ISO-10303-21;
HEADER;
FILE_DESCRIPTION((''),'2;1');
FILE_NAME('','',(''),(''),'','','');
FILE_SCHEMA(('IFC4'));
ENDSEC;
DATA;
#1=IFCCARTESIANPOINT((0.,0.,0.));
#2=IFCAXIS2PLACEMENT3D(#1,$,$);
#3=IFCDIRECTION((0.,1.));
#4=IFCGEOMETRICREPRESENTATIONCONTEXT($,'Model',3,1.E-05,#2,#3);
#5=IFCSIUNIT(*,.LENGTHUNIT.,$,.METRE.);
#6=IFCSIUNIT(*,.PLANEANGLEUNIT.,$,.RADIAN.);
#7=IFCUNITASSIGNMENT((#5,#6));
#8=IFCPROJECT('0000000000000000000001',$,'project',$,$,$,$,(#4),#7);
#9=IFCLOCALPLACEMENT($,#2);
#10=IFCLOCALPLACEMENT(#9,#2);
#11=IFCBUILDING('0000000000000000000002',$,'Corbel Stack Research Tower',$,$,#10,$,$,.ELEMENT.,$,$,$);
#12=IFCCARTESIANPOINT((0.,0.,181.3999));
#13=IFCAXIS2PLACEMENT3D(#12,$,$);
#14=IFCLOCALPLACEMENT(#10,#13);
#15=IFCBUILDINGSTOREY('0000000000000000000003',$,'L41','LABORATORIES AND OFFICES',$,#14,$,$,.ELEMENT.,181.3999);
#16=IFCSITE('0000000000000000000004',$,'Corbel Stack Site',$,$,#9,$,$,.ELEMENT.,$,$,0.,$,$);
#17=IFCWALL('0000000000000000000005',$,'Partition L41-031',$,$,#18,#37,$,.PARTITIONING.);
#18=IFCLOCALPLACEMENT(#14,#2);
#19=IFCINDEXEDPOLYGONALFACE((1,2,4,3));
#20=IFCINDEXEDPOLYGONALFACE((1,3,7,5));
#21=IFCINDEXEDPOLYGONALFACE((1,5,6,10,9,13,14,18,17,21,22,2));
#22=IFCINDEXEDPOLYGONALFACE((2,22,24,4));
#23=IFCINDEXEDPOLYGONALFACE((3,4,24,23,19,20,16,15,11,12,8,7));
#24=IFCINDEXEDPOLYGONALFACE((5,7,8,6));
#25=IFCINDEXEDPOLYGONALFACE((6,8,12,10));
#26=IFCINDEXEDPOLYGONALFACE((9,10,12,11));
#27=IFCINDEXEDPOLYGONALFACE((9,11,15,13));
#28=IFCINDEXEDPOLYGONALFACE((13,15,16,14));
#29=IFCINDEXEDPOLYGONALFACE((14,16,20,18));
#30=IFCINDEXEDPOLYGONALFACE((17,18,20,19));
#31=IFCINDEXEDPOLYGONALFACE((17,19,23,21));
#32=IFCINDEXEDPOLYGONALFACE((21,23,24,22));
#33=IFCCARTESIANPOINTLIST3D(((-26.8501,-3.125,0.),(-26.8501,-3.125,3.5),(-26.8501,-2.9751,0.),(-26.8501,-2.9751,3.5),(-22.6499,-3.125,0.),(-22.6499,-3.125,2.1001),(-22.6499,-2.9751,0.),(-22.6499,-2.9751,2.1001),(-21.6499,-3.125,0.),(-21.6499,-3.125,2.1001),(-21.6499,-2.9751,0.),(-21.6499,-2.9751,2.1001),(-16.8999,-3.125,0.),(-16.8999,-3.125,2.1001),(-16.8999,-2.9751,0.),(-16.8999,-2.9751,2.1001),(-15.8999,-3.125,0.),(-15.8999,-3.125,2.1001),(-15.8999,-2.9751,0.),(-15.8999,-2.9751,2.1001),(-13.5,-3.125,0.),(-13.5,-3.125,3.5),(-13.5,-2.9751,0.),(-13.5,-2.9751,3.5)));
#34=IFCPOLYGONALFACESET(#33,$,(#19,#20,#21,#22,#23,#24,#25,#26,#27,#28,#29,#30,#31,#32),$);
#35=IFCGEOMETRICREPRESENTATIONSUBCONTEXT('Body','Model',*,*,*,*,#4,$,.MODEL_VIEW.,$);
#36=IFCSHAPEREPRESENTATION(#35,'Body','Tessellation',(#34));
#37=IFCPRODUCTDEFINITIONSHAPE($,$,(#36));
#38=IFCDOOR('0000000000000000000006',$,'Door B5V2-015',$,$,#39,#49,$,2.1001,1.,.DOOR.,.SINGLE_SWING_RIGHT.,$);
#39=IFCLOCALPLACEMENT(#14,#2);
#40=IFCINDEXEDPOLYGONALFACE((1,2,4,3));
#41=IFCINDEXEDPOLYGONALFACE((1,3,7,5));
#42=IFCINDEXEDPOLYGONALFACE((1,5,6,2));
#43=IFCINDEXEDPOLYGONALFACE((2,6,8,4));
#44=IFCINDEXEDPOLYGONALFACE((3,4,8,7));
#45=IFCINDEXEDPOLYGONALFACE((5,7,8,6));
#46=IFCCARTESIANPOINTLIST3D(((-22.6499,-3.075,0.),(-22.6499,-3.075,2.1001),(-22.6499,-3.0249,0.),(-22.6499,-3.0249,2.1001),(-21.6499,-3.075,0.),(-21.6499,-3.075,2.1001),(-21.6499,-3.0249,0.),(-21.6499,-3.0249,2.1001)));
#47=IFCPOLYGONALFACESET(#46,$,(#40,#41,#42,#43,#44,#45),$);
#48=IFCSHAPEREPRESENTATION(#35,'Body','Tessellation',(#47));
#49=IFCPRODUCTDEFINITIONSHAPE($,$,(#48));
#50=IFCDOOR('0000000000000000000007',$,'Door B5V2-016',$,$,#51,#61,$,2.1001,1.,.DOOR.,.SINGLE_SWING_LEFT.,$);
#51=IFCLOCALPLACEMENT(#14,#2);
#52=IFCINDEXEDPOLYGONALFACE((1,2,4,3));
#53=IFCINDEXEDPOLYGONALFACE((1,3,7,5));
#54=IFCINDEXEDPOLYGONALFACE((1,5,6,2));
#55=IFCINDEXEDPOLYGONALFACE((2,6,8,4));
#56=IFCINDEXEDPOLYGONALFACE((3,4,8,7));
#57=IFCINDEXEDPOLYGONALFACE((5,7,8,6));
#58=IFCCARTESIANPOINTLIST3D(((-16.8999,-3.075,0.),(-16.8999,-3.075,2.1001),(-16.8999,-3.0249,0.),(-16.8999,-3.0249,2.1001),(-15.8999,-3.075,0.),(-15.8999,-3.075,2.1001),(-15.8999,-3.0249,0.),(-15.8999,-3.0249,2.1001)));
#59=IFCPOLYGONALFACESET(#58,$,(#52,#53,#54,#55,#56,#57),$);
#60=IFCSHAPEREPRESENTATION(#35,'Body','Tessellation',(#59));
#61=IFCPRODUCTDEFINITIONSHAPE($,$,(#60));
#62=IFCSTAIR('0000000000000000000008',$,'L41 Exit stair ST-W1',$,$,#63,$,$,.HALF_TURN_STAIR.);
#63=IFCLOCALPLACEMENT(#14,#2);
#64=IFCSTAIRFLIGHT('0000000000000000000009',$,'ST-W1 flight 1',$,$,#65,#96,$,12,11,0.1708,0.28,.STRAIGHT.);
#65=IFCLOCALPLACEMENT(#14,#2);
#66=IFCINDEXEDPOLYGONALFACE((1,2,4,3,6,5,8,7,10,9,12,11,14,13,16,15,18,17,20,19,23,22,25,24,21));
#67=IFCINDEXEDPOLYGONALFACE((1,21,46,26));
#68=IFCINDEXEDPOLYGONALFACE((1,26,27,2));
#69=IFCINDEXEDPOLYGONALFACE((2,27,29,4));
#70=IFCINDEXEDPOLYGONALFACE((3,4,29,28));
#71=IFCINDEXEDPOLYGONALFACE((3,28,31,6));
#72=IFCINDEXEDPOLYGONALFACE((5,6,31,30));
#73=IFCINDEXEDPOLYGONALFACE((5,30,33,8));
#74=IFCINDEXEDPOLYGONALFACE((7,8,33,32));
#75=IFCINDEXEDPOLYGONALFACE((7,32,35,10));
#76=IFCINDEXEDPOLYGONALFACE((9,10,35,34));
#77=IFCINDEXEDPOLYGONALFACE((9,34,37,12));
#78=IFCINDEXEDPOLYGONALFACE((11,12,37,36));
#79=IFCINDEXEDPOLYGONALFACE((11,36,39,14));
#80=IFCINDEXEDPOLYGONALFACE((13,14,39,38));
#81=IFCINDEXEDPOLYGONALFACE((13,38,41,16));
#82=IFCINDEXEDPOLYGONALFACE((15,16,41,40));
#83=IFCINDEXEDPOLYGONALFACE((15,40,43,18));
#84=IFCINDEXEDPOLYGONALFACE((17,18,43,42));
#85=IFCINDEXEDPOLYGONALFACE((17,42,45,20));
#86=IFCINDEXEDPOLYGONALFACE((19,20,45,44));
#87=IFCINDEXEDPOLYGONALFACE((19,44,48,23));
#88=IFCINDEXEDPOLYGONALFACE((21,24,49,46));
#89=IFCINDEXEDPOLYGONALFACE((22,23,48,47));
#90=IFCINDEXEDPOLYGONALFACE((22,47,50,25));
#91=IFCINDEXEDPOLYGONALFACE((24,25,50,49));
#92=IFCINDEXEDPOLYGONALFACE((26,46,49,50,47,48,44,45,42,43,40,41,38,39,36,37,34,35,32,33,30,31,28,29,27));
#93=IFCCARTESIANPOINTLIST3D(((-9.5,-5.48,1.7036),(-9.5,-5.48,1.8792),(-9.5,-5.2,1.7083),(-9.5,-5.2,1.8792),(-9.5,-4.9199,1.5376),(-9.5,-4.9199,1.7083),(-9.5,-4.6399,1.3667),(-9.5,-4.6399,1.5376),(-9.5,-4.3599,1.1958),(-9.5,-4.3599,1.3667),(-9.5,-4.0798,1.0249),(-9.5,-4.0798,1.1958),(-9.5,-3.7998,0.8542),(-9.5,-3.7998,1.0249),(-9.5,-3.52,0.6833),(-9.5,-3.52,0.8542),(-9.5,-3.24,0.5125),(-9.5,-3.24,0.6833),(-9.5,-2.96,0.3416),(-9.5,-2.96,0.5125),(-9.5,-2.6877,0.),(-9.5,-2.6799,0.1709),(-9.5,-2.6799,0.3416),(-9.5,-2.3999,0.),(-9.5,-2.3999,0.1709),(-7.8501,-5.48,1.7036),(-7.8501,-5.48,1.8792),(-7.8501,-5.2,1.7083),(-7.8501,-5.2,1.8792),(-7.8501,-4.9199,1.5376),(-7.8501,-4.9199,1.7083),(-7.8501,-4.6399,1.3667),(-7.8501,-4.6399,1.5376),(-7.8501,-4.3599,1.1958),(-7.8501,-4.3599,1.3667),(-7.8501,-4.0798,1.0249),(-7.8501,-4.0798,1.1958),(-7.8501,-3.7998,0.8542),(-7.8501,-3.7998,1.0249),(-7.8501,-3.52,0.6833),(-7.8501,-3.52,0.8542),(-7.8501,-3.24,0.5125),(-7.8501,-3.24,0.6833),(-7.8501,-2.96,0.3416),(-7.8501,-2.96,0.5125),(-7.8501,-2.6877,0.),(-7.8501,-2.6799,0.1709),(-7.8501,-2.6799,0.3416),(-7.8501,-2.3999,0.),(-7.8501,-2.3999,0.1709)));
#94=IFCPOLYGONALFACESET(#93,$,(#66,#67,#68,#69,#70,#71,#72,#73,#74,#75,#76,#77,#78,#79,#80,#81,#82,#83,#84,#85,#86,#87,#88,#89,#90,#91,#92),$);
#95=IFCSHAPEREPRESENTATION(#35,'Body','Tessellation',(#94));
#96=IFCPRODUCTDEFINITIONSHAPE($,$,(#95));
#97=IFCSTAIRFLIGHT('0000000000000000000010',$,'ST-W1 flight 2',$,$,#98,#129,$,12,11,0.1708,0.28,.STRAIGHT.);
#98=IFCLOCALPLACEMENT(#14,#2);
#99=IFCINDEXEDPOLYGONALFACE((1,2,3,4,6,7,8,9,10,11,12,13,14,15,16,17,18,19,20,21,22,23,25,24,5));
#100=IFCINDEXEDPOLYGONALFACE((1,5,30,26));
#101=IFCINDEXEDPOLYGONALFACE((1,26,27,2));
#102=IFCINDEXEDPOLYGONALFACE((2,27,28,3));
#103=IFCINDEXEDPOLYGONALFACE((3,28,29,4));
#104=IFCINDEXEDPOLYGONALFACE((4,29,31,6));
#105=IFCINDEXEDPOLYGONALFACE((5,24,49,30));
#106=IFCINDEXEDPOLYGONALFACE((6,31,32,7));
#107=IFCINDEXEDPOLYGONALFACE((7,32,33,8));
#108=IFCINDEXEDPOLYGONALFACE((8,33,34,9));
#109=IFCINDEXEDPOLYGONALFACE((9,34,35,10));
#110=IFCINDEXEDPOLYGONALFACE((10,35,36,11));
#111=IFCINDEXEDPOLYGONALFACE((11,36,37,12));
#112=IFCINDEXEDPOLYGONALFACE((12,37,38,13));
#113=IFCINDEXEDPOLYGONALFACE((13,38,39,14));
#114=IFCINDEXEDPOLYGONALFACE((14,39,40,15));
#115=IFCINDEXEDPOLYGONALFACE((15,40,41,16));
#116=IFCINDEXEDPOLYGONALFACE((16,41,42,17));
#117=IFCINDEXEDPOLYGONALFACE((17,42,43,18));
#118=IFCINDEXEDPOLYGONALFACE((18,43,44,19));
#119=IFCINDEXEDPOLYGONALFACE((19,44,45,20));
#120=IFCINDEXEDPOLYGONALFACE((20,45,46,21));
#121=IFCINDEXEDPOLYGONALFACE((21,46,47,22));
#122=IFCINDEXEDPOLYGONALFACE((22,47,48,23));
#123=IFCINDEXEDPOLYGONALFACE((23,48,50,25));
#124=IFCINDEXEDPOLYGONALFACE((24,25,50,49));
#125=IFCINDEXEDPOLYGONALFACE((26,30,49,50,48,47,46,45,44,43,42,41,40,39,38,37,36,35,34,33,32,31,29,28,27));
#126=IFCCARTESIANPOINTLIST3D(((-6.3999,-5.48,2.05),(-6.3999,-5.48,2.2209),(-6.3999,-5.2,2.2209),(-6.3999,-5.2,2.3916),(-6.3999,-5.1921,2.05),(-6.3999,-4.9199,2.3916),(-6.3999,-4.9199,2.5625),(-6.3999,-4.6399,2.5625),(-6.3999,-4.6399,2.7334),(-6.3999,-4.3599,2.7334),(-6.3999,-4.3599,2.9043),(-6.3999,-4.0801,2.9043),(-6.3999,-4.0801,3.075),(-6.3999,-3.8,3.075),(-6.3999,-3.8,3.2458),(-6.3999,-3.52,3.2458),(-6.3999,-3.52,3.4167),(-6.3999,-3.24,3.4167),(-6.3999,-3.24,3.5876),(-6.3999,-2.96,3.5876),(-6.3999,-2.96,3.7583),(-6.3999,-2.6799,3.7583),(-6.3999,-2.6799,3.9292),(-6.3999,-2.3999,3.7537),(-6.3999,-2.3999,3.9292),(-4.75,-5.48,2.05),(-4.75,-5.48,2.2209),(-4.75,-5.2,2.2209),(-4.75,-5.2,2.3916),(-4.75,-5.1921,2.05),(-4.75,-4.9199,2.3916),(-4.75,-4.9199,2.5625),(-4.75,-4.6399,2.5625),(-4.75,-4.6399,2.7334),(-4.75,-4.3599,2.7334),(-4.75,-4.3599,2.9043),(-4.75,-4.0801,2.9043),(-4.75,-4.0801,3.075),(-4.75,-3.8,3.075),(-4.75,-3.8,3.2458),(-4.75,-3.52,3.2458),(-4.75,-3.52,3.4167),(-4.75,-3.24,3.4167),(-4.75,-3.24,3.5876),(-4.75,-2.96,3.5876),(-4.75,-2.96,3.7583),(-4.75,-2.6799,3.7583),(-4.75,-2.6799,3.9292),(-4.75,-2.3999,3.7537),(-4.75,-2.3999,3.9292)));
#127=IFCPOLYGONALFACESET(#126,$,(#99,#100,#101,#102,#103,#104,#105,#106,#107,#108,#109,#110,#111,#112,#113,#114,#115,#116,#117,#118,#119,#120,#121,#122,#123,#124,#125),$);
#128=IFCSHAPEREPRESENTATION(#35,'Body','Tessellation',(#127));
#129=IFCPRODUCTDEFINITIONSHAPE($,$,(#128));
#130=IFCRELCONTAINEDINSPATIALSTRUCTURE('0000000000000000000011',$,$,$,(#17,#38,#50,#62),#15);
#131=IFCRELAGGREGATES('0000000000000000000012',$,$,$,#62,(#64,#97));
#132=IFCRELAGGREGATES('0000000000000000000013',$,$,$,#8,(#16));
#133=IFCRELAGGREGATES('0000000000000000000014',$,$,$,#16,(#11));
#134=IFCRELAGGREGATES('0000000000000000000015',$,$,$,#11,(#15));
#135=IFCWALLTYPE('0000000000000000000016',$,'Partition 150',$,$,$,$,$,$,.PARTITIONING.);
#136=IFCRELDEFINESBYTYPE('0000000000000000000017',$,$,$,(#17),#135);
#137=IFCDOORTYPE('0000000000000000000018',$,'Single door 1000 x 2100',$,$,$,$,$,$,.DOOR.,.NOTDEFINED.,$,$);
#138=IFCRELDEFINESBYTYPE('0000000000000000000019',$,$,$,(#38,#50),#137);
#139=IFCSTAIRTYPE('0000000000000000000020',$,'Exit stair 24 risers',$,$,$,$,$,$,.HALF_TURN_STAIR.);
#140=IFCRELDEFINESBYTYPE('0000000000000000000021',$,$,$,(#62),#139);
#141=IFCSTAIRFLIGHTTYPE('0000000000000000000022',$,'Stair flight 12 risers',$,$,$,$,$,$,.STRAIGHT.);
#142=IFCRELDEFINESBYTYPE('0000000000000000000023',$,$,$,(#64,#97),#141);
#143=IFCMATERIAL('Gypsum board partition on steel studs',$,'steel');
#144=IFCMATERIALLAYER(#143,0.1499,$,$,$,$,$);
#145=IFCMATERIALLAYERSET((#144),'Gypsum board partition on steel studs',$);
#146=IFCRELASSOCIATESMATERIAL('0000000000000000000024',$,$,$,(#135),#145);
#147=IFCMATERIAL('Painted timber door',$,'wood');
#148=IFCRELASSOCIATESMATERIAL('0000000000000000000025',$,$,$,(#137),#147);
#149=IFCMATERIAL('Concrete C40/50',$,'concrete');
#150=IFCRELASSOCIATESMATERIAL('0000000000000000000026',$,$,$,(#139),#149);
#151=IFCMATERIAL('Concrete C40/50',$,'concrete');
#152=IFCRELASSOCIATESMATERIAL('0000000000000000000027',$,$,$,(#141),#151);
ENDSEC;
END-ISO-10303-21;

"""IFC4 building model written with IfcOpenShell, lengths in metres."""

from ifc_helpers import new_model, si_unit, direction, frame, frame_2d, origin, place, context, subcontext, project, spatial, polyline, rectangle, outline, extrude, material, layer, layer_set, type_object, element, fill, aggregate, save


model = new_model("IFC4")

# Units and contexts
model_context = context("Model", 3, precision=1e-05, world=origin(), true_north=direction((0.0, 1.0)))
body_context = subcontext(model_context, "Body", "Model", "MODEL_VIEW")
ifc_project = project(units=[si_unit("LENGTHUNIT", "METRE"), si_unit("PLANEANGLEUNIT", "RADIAN")], contexts=[model_context])

# Site, building, storey
site_placement = place(None, origin())
site = spatial("IfcSite", under=ifc_project, at=site_placement, Name="Corbel Stack Site", CompositionType="ELEMENT", RefElevation=0.0)
building_placement = place(site_placement, origin())
building = spatial("IfcBuilding", under=site, at=building_placement, Name="Corbel Stack Research Tower", CompositionType="ELEMENT")
storey_placement = place(building_placement, frame((0.0, 0.0, 181.3999)))
storey = spatial("IfcBuildingStorey", under=building, at=storey_placement, Name="L41", Description="LABORATORIES AND OFFICES", CompositionType="ELEMENT", Elevation=181.3999)

# Wall, openings, doors
ifc_material_1 = material(Name="Gypsum board partition on steel studs", Category="steel")
ifc_layer_1 = layer(ifc_material_1, 0.1499)
ifc_layer_set_1 = layer_set([ifc_layer_1], Name="Gypsum board partition on steel studs")
wall_type_1 = type_object("IfcWallType", Name="Partition 150", PredefinedType="PARTITIONING", material=ifc_layer_set_1)
wall_1_placement = place(storey_placement, frame((-13.5, -3.05, 0.0), z_axis=(0.0, 0.0, 1.0), x_axis=(-1.0, 0.0, 0.0)))
wall_1 = element("IfcWall", 1, at=wall_1_placement, inside=storey, type_object=wall_type_1, Name="Partition L41-031", PredefinedType="PARTITIONING", context=body_context, shape_type="SweptSolid", body=[
    extrude(rectangle(XDim=13.3501, YDim=0.1499, at=frame_2d((6.675, 0.0))), origin(), (0.0, 0.0, 1.0), 3.5),
])
opening_1_placement = place(wall_1_placement, frame((8.1499, 0.0, 0.0)))
opening_1 = element("IfcOpeningElement", 2, at=opening_1_placement, cuts=wall_1, PredefinedType="OPENING", context=body_context, shape_type="SweptSolid", body=[
    extrude(rectangle(XDim=1.0, YDim=2.1001, at=frame_2d((0.5, 1.05))), frame((0.0, 0.085, 0.0), z_axis=(0.0, -1.0, 0.0), x_axis=(1.0, 0.0, 0.0)), (0.0, 0.0, 1.0), 0.1699),
])
opening_2_placement = place(wall_1_placement, frame((2.3999, 0.0, 0.0)))
opening_2 = element("IfcOpeningElement", 3, at=opening_2_placement, cuts=wall_1, PredefinedType="OPENING", context=body_context, shape_type="SweptSolid", body=[
    extrude(rectangle(XDim=1.0, YDim=2.1001, at=frame_2d((0.5, 1.05))), frame((0.0, 0.085, 0.0), z_axis=(0.0, -1.0, 0.0), x_axis=(1.0, 0.0, 0.0)), (0.0, 0.0, 1.0), 0.1699),
])
ifc_material_2 = material(Name="Painted timber door", Category="wood")
door_type_1 = type_object("IfcDoorType", Name="Single door 1000 x 2100", OperationType="NOTDEFINED", PredefinedType="DOOR", material=ifc_material_2)
door_1_placement = place(opening_1_placement, origin())
door_1 = element("IfcDoor", 4, at=door_1_placement, inside=storey, type_object=door_type_1, Name="Door B5V2-015", OperationType="SINGLE_SWING_RIGHT", OverallHeight=2.1001, OverallWidth=1.0, PredefinedType="DOOR", context=body_context, shape_type="SweptSolid", body=[
    extrude(rectangle(XDim=1.0, YDim=2.1001, at=frame_2d((0.5, 1.05))), frame((0.0, 0.0249, 0.0), z_axis=(0.0, -1.0, 0.0), x_axis=(1.0, 0.0, 0.0)), (0.0, 0.0, 1.0), 0.05),
])
fill(opening_1, door_1)
door_2_placement = place(opening_2_placement, origin())
door_2 = element("IfcDoor", 5, at=door_2_placement, inside=storey, type_object=door_type_1, Name="Door B5V2-016", OperationType="SINGLE_SWING_LEFT", OverallHeight=2.1001, OverallWidth=1.0, PredefinedType="DOOR", context=body_context, shape_type="SweptSolid", body=[
    extrude(rectangle(XDim=1.0, YDim=2.1001, at=frame_2d((0.5, 1.05))), frame((0.0, 0.0249, 0.0), z_axis=(0.0, -1.0, 0.0), x_axis=(1.0, 0.0, 0.0)), (0.0, 0.0, 1.0), 0.05),
])
fill(opening_2, door_2)

# Stair, stair flights
ifc_material_3 = material(Name="Concrete C40/50", Category="concrete")
stair_type = type_object("IfcStairType", Name="Exit stair 24 risers", PredefinedType="HALF_TURN_STAIR", material=ifc_material_3)
stair_placement = place(storey_placement, origin())
stair = element("IfcStair", 6, at=stair_placement, inside=storey, type_object=stair_type, Name="L41 Exit stair ST-W1", PredefinedType="HALF_TURN_STAIR")
ifc_material_4 = material(Name="Concrete C40/50", Category="concrete")
stair_flight_type = type_object("IfcStairFlightType", Name="Stair flight 12 risers", PredefinedType="STRAIGHT", material=ifc_material_4)
stair_flight_1_placement = place(storey_placement, frame((-8.675, -2.3999, 0.0), z_axis=(0.0, 0.0, 1.0), x_axis=(0.0, -1.0, 0.0)))
stair_flight_1 = element("IfcStairFlight", 7, at=stair_flight_1_placement, type_object=stair_flight_type, Name="ST-W1 flight 1", NumberOfRisers=12, NumberOfTreads=11, PredefinedType="STRAIGHT", RiserHeight=0.1708, TreadLength=0.28, context=body_context, shape_type="SweptSolid", body=[
    extrude(outline(polyline([(0.0, 0.0), (0.0, 0.1709), (0.28, 0.1709), (0.28, 0.3416), (0.5601, 0.3416), (0.5601, 0.5125), (0.8401, 0.5125), (0.8401, 0.6833), (1.1201, 0.6833), (1.1201, 0.8542), (1.3999, 0.8542), (1.3999, 1.0249), (1.6799, 1.0249), (1.6799, 1.1958), (1.96, 1.1958), (1.96, 1.3667), (2.24, 1.3667), (2.24, 1.5376), (2.52, 1.5376), (2.52, 1.7083), (2.8, 1.7083), (2.8, 1.8792), (3.0801, 1.8792), (3.0801, 2.05), (3.0801, 1.7036), (0.2878, 0.0), (0.0, 0.0)])), frame((0.0, 0.825, 0.0), z_axis=(0.0, -1.0, 0.0), x_axis=(1.0, 0.0, 0.0)), (0.0, 0.0, 1.0), 1.6499),
])
stair_flight_2_placement = place(storey_placement, frame((-5.575, -5.48, 2.05), z_axis=(0.0, 0.0, 1.0), x_axis=(0.0, 1.0, 0.0)))
stair_flight_2 = element("IfcStairFlight", 8, at=stair_flight_2_placement, type_object=stair_flight_type, Name="ST-W1 flight 2", NumberOfRisers=12, NumberOfTreads=11, PredefinedType="STRAIGHT", RiserHeight=0.1708, TreadLength=0.28, context=body_context, shape_type="SweptSolid", body=[
    extrude(outline(polyline([(0.0, 0.0), (0.0, 0.1709), (0.28, 0.1709), (0.28, 0.3416), (0.5601, 0.3416), (0.5601, 0.5125), (0.8401, 0.5125), (0.8401, 0.6833), (1.1201, 0.6833), (1.1201, 0.8542), (1.3999, 0.8542), (1.3999, 1.0249), (1.6799, 1.0249), (1.6799, 1.1958), (1.96, 1.1958), (1.96, 1.3667), (2.24, 1.3667), (2.24, 1.5376), (2.52, 1.5376), (2.52, 1.7083), (2.8, 1.7083), (2.8, 1.8792), (3.0801, 1.8792), (3.0801, 2.05), (3.0801, 1.7036), (0.2878, 0.0), (0.0, 0.0)])), frame((0.0, 0.825, 0.0), z_axis=(0.0, -1.0, 0.0), x_axis=(1.0, 0.0, 0.0)), (0.0, 0.0, 1.0), 1.6499),
])
aggregate(stair, [stair_flight_1, stair_flight_2])

save(model, "model.ifc")
